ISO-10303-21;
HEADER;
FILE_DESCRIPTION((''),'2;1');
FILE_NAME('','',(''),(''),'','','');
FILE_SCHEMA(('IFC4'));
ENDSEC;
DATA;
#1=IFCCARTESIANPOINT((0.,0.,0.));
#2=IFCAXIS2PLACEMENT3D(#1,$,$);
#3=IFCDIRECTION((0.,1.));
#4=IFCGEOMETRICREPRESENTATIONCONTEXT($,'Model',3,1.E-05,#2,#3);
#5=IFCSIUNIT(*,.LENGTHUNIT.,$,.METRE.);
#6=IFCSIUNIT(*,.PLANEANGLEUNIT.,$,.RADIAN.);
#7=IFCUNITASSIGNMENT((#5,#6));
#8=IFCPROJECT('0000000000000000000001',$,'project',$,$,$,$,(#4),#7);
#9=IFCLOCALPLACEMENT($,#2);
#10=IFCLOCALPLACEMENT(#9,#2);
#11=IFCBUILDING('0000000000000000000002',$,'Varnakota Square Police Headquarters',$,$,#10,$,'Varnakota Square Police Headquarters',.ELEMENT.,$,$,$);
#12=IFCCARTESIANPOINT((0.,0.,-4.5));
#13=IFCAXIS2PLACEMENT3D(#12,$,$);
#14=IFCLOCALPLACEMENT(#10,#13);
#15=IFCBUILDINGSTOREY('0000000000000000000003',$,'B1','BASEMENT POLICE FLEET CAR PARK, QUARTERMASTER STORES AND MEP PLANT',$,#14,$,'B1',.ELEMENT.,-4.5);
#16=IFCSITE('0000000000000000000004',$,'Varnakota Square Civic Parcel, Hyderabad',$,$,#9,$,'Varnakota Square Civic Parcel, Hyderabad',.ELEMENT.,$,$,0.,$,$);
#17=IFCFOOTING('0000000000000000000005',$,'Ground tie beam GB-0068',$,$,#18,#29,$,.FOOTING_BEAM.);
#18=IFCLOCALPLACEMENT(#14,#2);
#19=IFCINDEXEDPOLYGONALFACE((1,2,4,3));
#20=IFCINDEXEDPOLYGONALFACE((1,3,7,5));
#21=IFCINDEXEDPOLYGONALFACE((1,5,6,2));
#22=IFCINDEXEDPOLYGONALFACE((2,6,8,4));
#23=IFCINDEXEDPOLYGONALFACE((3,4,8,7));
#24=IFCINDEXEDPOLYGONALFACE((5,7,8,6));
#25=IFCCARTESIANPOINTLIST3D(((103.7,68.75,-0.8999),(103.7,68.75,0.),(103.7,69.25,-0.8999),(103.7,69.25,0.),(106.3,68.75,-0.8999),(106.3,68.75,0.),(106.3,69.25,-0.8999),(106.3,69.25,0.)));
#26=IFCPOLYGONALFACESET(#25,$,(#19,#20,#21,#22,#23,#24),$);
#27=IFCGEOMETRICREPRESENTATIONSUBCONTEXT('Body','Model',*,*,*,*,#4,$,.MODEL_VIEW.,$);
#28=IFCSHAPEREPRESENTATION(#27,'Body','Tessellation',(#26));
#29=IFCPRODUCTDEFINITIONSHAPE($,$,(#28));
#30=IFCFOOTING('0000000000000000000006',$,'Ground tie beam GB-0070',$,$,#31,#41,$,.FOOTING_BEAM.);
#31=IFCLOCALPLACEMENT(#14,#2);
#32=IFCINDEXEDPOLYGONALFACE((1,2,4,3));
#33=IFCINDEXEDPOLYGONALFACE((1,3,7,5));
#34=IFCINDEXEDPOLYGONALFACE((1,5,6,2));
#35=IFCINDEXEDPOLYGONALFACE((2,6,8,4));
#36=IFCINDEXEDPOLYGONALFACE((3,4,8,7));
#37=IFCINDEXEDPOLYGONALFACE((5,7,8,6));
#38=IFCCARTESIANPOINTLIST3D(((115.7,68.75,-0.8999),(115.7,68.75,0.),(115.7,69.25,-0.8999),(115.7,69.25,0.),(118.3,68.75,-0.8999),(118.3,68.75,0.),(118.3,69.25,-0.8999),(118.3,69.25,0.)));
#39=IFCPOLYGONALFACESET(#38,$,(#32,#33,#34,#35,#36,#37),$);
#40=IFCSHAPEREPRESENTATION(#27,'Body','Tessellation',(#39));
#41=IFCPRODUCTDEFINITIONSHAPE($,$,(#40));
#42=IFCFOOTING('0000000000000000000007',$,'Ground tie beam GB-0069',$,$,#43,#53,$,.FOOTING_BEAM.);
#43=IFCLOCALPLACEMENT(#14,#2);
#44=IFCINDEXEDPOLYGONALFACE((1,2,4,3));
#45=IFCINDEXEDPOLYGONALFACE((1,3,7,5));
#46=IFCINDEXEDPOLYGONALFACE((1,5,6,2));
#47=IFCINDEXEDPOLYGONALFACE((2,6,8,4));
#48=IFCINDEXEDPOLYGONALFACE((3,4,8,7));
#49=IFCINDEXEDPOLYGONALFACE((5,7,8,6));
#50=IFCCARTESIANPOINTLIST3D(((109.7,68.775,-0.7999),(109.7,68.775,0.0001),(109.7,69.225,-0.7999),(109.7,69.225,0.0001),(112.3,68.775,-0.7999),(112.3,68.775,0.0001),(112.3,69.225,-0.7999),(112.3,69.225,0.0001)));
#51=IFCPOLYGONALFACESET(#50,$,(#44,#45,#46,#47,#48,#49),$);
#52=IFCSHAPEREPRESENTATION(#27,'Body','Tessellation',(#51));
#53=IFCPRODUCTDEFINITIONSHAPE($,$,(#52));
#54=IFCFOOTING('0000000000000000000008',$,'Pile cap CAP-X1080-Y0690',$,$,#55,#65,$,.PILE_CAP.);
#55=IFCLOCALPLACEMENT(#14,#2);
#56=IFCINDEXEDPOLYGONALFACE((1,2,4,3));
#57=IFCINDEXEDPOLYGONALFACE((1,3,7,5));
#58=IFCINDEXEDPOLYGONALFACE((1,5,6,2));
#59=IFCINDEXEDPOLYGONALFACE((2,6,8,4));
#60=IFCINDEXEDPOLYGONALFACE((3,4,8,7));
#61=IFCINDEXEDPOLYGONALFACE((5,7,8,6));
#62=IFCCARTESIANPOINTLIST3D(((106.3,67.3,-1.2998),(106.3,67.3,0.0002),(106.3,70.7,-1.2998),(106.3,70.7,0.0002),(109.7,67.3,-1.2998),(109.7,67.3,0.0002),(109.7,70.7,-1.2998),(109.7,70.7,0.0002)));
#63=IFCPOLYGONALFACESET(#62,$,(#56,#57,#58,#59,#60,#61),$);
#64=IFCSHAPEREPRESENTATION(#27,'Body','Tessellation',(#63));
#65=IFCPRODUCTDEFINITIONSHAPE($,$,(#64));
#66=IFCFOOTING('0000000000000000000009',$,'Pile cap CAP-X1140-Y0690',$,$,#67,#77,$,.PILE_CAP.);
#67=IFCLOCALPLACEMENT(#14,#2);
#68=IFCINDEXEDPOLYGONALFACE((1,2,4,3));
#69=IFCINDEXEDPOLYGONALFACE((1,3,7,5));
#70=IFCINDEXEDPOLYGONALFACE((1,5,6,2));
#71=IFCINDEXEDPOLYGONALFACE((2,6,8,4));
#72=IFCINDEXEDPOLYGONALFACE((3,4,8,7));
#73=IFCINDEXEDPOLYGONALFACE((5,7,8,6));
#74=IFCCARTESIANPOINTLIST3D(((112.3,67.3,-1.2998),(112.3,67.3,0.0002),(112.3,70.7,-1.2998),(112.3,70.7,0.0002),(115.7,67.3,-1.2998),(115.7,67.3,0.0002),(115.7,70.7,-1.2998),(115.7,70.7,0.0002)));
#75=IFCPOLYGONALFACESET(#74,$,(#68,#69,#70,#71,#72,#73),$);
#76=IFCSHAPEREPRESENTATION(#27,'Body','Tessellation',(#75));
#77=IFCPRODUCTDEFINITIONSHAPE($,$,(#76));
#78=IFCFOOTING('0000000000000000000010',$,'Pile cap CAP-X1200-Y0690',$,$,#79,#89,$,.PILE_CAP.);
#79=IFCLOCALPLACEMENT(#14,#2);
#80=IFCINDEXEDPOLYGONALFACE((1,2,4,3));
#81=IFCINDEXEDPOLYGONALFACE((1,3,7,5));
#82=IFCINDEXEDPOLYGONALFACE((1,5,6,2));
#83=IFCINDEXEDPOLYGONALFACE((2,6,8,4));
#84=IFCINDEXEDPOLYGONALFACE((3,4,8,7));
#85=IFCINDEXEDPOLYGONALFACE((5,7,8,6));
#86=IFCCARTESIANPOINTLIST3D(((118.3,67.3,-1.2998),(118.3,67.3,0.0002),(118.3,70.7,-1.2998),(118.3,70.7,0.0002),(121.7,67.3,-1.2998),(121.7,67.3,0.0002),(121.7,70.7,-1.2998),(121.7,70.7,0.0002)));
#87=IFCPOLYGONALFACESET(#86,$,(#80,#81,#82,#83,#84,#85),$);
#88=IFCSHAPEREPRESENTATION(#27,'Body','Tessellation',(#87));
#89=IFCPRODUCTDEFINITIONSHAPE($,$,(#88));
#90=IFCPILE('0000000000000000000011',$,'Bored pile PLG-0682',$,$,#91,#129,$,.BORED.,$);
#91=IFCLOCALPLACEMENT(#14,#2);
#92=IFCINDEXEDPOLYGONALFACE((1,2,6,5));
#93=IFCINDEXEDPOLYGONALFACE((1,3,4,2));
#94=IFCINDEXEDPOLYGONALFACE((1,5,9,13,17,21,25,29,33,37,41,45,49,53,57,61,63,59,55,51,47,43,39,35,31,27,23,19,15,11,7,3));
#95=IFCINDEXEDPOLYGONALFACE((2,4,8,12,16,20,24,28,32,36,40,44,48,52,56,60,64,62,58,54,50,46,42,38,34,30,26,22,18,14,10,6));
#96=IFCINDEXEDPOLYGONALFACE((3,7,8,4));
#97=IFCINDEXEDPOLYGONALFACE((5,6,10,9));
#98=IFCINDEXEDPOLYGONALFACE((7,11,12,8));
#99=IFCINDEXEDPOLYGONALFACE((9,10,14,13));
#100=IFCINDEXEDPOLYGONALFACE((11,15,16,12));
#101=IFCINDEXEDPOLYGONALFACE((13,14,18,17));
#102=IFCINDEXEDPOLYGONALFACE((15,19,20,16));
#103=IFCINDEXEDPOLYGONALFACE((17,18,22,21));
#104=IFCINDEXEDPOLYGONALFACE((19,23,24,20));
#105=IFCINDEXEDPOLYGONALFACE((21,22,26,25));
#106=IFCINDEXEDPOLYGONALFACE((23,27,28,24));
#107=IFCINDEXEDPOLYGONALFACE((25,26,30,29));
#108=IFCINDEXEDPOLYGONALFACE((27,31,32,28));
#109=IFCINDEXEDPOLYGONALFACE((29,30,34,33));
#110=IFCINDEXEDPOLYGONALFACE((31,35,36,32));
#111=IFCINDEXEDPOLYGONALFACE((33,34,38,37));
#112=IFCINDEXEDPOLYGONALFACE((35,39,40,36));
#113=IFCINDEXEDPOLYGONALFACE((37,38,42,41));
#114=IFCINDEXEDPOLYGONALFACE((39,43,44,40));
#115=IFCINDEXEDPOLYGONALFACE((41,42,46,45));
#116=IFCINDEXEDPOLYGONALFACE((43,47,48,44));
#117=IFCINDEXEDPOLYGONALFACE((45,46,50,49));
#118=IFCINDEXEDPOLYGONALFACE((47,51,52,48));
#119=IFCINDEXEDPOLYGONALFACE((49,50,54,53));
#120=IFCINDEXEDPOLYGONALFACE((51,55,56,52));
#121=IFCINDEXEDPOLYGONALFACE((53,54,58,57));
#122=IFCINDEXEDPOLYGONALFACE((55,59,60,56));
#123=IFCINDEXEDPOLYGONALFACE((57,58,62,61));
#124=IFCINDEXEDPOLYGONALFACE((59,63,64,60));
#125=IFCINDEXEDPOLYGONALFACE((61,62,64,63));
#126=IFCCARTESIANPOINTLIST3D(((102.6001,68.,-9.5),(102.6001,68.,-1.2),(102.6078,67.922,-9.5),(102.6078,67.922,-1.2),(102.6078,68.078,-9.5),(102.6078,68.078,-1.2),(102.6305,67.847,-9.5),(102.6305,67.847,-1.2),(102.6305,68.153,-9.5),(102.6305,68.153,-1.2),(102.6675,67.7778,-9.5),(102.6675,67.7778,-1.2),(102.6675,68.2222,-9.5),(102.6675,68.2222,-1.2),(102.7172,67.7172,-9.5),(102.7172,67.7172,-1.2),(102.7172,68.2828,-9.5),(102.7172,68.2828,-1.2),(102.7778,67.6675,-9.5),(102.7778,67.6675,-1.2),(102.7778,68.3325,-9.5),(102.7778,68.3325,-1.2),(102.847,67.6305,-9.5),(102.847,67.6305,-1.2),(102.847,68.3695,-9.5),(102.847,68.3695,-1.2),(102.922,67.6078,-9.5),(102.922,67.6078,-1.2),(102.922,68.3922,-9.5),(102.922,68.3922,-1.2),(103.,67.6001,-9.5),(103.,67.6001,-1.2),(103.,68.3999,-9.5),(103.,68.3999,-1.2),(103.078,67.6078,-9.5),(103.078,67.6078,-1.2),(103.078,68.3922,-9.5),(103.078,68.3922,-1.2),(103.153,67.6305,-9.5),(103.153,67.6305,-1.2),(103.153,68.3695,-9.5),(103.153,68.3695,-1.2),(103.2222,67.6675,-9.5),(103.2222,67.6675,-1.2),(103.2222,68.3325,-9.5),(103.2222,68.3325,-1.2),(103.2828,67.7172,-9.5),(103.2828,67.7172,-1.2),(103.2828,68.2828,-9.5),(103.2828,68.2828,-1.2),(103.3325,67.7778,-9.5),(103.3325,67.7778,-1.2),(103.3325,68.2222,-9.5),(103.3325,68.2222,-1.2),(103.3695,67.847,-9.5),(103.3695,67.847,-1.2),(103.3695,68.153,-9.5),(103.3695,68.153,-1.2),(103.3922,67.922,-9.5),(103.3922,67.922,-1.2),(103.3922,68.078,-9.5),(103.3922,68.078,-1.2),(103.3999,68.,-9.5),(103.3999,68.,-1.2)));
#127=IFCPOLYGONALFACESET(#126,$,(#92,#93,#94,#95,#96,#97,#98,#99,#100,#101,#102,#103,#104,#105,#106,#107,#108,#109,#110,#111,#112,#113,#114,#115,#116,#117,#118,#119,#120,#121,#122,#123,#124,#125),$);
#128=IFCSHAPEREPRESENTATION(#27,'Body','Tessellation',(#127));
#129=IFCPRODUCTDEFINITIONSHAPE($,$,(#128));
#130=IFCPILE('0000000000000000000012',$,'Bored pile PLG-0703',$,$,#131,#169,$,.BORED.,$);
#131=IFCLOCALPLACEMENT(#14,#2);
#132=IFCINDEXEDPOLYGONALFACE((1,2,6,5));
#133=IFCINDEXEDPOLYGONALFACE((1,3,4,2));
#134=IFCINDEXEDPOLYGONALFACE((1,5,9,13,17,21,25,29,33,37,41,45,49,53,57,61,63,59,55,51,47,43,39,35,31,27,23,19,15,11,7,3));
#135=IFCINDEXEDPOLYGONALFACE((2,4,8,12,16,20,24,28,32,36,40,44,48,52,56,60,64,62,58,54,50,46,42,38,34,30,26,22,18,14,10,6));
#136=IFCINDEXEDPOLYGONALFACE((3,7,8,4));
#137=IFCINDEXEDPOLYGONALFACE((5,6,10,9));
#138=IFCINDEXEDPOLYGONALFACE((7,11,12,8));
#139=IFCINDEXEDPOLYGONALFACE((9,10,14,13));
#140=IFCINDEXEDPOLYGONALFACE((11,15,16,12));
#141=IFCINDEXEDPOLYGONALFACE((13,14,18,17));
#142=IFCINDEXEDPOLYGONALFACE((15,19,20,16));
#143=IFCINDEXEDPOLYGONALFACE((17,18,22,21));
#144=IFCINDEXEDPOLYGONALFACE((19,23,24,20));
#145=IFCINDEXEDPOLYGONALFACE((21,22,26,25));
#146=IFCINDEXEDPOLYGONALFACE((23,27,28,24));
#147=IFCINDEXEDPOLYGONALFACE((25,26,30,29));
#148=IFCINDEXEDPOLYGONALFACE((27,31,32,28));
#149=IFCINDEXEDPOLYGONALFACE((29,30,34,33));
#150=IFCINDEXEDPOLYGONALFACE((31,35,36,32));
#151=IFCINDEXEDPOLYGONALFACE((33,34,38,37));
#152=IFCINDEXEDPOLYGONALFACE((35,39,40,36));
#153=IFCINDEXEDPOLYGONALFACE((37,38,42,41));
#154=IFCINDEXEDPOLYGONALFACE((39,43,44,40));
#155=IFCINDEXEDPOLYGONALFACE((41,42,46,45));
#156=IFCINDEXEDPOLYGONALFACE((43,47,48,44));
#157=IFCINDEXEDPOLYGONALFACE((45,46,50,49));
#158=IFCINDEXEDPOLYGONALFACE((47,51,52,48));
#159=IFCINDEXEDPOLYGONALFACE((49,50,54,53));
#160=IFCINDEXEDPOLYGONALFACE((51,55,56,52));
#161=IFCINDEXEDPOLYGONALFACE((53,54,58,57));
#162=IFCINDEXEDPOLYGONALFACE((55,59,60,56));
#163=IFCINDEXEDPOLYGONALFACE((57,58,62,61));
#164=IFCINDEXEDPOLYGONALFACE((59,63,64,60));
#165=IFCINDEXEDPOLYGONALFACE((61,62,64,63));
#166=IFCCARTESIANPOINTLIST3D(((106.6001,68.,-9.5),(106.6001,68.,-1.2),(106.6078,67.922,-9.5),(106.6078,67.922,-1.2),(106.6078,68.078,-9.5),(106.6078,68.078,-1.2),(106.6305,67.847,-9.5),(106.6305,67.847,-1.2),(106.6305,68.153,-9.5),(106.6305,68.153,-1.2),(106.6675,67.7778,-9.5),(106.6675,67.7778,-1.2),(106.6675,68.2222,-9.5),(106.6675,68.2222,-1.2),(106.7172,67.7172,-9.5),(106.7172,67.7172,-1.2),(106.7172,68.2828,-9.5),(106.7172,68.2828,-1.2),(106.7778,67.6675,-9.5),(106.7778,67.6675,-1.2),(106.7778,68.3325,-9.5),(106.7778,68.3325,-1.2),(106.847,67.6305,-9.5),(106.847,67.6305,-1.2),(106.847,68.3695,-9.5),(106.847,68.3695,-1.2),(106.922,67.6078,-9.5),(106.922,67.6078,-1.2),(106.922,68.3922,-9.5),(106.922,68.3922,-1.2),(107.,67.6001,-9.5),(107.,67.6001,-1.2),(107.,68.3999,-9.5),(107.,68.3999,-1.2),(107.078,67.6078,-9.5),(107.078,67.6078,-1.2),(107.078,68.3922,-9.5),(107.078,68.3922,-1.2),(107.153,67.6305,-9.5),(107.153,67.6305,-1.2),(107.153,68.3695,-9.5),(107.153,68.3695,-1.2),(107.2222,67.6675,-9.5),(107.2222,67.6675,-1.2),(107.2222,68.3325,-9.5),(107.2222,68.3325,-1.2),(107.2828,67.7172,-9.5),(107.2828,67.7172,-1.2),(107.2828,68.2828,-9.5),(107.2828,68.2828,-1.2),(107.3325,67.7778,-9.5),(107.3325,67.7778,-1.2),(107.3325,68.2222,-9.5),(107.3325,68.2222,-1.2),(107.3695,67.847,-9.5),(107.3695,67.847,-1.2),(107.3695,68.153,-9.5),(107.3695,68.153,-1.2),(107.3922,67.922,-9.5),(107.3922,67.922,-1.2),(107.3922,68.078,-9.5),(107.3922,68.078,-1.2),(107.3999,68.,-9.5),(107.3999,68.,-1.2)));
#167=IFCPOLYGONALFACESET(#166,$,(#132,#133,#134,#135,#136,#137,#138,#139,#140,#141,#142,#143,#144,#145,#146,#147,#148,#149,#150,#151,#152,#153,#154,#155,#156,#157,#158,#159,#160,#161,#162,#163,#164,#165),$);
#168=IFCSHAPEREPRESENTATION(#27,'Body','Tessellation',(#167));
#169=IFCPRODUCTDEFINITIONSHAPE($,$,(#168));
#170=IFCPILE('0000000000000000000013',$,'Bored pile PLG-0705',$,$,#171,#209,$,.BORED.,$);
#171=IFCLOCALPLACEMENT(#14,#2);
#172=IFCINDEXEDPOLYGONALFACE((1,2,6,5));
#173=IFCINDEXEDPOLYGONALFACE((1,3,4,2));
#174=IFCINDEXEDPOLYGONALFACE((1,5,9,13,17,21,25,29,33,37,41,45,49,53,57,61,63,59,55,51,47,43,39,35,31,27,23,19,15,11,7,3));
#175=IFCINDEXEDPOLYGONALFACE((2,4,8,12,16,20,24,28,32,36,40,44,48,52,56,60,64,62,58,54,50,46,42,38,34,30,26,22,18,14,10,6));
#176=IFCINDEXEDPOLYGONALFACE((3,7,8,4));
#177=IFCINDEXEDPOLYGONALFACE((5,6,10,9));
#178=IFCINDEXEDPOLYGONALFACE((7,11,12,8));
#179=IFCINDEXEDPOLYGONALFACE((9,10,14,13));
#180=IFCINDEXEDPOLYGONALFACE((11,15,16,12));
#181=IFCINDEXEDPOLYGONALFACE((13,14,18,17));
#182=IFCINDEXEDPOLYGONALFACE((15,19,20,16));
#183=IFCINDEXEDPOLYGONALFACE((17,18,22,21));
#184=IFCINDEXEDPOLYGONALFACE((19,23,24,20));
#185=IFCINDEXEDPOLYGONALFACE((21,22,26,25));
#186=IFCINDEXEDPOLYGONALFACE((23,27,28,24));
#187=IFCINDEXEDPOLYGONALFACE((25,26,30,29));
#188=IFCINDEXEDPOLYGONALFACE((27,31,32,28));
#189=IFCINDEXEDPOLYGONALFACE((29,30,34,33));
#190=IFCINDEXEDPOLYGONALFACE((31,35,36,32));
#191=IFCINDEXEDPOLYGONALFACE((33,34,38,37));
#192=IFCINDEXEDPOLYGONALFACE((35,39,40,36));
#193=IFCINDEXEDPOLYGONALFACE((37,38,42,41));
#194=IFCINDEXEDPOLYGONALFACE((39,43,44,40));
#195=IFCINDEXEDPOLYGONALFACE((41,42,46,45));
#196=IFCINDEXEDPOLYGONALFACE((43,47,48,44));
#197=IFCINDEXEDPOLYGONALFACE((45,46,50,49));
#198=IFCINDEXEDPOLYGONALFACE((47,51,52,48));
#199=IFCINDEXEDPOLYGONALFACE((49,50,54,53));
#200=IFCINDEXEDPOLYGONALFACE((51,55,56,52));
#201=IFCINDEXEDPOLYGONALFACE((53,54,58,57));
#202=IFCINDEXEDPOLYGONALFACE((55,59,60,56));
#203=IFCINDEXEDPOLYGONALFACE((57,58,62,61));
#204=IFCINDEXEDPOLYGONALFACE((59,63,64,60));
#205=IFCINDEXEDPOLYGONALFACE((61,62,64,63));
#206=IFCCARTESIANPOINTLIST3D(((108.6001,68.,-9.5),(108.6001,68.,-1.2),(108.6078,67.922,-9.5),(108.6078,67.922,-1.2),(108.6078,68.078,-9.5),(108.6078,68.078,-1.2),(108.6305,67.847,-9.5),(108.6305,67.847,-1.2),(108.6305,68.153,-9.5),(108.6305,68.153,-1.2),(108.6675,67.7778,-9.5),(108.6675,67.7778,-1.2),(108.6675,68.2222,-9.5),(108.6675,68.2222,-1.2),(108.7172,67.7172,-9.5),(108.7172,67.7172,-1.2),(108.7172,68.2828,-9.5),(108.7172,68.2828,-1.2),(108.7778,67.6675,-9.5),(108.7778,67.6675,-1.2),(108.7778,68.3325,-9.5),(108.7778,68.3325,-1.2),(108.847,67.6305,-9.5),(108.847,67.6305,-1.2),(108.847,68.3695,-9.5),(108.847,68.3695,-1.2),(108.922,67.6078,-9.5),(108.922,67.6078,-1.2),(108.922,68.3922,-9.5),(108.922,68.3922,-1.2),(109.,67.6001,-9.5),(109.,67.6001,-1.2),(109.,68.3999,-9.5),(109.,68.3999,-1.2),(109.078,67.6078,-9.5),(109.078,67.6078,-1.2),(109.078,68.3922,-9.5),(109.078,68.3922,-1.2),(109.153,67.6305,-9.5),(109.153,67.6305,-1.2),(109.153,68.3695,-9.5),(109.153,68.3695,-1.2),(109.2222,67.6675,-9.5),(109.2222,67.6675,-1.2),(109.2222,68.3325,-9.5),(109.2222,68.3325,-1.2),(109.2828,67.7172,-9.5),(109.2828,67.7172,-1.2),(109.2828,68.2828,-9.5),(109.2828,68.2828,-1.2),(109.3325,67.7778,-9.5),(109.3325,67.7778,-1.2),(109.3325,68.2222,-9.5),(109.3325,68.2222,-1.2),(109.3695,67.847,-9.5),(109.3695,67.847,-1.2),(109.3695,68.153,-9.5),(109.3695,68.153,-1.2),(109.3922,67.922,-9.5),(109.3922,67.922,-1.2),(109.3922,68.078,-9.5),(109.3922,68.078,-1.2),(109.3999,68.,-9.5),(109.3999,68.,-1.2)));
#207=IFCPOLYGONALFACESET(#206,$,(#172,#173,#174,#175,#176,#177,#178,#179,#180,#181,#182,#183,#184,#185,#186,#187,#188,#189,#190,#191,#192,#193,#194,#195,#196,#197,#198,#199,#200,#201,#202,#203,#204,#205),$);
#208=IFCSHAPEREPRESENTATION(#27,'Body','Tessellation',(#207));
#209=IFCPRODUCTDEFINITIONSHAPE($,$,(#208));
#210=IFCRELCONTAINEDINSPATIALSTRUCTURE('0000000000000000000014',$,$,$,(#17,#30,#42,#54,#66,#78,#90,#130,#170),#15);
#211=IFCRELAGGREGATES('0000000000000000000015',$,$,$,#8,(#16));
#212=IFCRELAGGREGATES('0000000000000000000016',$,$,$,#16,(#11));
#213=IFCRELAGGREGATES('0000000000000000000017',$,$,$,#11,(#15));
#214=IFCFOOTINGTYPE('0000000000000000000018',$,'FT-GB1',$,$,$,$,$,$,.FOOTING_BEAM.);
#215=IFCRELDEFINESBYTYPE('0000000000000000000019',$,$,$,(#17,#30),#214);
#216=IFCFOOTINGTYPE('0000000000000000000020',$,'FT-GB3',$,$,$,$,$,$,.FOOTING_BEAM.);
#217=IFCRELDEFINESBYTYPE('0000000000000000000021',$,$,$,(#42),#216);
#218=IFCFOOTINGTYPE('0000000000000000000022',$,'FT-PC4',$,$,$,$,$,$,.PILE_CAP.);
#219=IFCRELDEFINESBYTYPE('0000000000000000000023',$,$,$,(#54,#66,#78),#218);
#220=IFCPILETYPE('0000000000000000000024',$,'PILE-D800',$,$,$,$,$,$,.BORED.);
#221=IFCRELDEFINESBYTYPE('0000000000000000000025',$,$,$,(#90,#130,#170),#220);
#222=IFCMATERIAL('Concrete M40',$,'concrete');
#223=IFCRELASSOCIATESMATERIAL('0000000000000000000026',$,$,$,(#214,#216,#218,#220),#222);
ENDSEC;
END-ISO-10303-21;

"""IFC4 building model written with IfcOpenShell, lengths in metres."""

from ifc_helpers import new_model, si_unit, direction, frame, origin, origin_2d, place, context, subcontext, project, spatial, rectangle, circle, extrude, material, material_profile, profile_set, type_object, element, save


model = new_model("IFC4")

# Units and contexts
model_context = context("Model", 3, precision=1e-05, world=origin(), true_north=direction((0.0, 1.0)))
body_context = subcontext(model_context, "Body", "Model", "MODEL_VIEW")
ifc_project = project(units=[si_unit("LENGTHUNIT", "METRE"), si_unit("PLANEANGLEUNIT", "RADIAN")], contexts=[model_context])

# Site, building, storey
site_placement = place(None, origin())
site = spatial("IfcSite", under=ifc_project, at=site_placement, Name="Varnakota Square Civic Parcel, Hyderabad", LongName="Varnakota Square Civic Parcel, Hyderabad", CompositionType="ELEMENT", RefElevation=0.0)
building_placement = place(site_placement, origin())
building = spatial("IfcBuilding", under=site, at=building_placement, Name="Varnakota Square Police Headquarters", LongName="Varnakota Square Police Headquarters", CompositionType="ELEMENT")
storey_placement = place(building_placement, frame((0.0, 0.0, -4.5)))
storey = spatial("IfcBuildingStorey", under=building, at=storey_placement, Name="B1", Description="BASEMENT POLICE FLEET CAR PARK, QUARTERMASTER STORES AND MEP PLANT", LongName="B1", CompositionType="ELEMENT", Elevation=-4.5)

# Footings
ifc_material_1 = material(Name="Concrete M40", Category="concrete")
ifc_material_profile_1 = material_profile(ifc_material_1, rectangle(XDim=0.5, YDim=0.8999, at=origin_2d()), Name="GB 500x900")
ifc_profile_set_1 = profile_set([ifc_material_profile_1], Name="Concrete M40")
footing_type_1 = type_object("IfcFootingType", Name="FT-GB1", PredefinedType="FOOTING_BEAM", material=ifc_profile_set_1)
for number, where, z_axis, x_axis, name in (
    (1, (103.7, 69.0, -0.45), (1.0, 0.0, 0.0), (0.0, 1.0, 0.0), "Ground tie beam GB-0068"),
    (2, (115.7, 69.0, -0.45), (1.0, 0.0, 0.0), (0.0, 1.0, 0.0), "Ground tie beam GB-0070"),
):
    element("IfcFooting", number, at=place(storey_placement, frame(where, z_axis=z_axis, x_axis=x_axis)), inside=storey, type_object=footing_type_1, Name=name, PredefinedType="FOOTING_BEAM", context=body_context, shape_type="SweptSolid", body=[
        extrude(rectangle(XDim=0.5, YDim=0.8999, at=origin_2d()), origin(), (0.0, 0.0, 1.0), 2.6001),
    ])
ifc_material_profile_2 = material_profile(ifc_material_1, rectangle(XDim=0.45, YDim=0.8, at=origin_2d()), Name="GB 450x800")
ifc_profile_set_2 = profile_set([ifc_material_profile_2], Name="Concrete M40")
footing_type_2 = type_object("IfcFootingType", Name="FT-GB3", PredefinedType="FOOTING_BEAM", material=ifc_profile_set_2)
footing_placement = place(storey_placement, frame((109.7, 69.0, -0.3999), z_axis=(1.0, 0.0, 0.0), x_axis=(0.0, 1.0, 0.0)))
element("IfcFooting", 3, at=footing_placement, inside=storey, type_object=footing_type_2, Name="Ground tie beam GB-0069", PredefinedType="FOOTING_BEAM", context=body_context, shape_type="SweptSolid", body=[
    extrude(rectangle(XDim=0.45, YDim=0.8, at=origin_2d()), origin(), (0.0, 0.0, 1.0), 2.6001),
])
footing_type_3 = type_object("IfcFootingType", Name="FT-PC4", PredefinedType="PILE_CAP", material=ifc_material_1)
for number, where, z_axis, x_axis, name in (
    (4, (108.0, 69.0, -1.2998), (0.0, 0.0, 1.0), (1.0, 0.0, 0.0), "Pile cap CAP-X1080-Y0690"),
    (5, (114.0, 69.0, -1.2998), (0.0, 0.0, 1.0), (1.0, 0.0, 0.0), "Pile cap CAP-X1140-Y0690"),
    (6, (120.0, 69.0, -1.2998), (0.0, 0.0, 1.0), (1.0, 0.0, 0.0), "Pile cap CAP-X1200-Y0690"),
):
    element("IfcFooting", number, at=place(storey_placement, frame(where, z_axis=z_axis, x_axis=x_axis)), inside=storey, type_object=footing_type_3, Name=name, PredefinedType="PILE_CAP", context=body_context, shape_type="SweptSolid", body=[
        extrude(rectangle(XDim=3.3999, YDim=3.3999, at=origin_2d()), origin(), (0.0, 0.0, 1.0), 1.3),
    ])

# Piles
ifc_material_profile_3 = material_profile(ifc_material_1, circle(Radius=0.3999, at=origin_2d()), Name="BORED PILE 800")
ifc_profile_set_3 = profile_set([ifc_material_profile_3], Name="Concrete M40")
pile_type = type_object("IfcPileType", Name="PILE-D800", PredefinedType="BORED", material=ifc_profile_set_3)
for number, where, z_axis, x_axis, name in (
    (7, (103.0, 68.0, -1.2), (0.0, 0.0, -1.0), (1.0, 0.0, 0.0), "Bored pile PLG-0682"),
    (8, (107.0, 68.0, -1.2), (0.0, 0.0, -1.0), (1.0, 0.0, 0.0), "Bored pile PLG-0703"),
    (9, (109.0, 68.0, -1.2), (0.0, 0.0, -1.0), (1.0, 0.0, 0.0), "Bored pile PLG-0705"),
):
    element("IfcPile", number, at=place(storey_placement, frame(where, z_axis=z_axis, x_axis=x_axis)), inside=storey, type_object=pile_type, Name=name, PredefinedType="BORED", context=body_context, shape_type="SweptSolid", body=[
        extrude(circle(Radius=0.3999, at=origin_2d()), origin(), (0.0, 0.0, 1.0), 8.3),
    ])

save(model, "model.ifc")
